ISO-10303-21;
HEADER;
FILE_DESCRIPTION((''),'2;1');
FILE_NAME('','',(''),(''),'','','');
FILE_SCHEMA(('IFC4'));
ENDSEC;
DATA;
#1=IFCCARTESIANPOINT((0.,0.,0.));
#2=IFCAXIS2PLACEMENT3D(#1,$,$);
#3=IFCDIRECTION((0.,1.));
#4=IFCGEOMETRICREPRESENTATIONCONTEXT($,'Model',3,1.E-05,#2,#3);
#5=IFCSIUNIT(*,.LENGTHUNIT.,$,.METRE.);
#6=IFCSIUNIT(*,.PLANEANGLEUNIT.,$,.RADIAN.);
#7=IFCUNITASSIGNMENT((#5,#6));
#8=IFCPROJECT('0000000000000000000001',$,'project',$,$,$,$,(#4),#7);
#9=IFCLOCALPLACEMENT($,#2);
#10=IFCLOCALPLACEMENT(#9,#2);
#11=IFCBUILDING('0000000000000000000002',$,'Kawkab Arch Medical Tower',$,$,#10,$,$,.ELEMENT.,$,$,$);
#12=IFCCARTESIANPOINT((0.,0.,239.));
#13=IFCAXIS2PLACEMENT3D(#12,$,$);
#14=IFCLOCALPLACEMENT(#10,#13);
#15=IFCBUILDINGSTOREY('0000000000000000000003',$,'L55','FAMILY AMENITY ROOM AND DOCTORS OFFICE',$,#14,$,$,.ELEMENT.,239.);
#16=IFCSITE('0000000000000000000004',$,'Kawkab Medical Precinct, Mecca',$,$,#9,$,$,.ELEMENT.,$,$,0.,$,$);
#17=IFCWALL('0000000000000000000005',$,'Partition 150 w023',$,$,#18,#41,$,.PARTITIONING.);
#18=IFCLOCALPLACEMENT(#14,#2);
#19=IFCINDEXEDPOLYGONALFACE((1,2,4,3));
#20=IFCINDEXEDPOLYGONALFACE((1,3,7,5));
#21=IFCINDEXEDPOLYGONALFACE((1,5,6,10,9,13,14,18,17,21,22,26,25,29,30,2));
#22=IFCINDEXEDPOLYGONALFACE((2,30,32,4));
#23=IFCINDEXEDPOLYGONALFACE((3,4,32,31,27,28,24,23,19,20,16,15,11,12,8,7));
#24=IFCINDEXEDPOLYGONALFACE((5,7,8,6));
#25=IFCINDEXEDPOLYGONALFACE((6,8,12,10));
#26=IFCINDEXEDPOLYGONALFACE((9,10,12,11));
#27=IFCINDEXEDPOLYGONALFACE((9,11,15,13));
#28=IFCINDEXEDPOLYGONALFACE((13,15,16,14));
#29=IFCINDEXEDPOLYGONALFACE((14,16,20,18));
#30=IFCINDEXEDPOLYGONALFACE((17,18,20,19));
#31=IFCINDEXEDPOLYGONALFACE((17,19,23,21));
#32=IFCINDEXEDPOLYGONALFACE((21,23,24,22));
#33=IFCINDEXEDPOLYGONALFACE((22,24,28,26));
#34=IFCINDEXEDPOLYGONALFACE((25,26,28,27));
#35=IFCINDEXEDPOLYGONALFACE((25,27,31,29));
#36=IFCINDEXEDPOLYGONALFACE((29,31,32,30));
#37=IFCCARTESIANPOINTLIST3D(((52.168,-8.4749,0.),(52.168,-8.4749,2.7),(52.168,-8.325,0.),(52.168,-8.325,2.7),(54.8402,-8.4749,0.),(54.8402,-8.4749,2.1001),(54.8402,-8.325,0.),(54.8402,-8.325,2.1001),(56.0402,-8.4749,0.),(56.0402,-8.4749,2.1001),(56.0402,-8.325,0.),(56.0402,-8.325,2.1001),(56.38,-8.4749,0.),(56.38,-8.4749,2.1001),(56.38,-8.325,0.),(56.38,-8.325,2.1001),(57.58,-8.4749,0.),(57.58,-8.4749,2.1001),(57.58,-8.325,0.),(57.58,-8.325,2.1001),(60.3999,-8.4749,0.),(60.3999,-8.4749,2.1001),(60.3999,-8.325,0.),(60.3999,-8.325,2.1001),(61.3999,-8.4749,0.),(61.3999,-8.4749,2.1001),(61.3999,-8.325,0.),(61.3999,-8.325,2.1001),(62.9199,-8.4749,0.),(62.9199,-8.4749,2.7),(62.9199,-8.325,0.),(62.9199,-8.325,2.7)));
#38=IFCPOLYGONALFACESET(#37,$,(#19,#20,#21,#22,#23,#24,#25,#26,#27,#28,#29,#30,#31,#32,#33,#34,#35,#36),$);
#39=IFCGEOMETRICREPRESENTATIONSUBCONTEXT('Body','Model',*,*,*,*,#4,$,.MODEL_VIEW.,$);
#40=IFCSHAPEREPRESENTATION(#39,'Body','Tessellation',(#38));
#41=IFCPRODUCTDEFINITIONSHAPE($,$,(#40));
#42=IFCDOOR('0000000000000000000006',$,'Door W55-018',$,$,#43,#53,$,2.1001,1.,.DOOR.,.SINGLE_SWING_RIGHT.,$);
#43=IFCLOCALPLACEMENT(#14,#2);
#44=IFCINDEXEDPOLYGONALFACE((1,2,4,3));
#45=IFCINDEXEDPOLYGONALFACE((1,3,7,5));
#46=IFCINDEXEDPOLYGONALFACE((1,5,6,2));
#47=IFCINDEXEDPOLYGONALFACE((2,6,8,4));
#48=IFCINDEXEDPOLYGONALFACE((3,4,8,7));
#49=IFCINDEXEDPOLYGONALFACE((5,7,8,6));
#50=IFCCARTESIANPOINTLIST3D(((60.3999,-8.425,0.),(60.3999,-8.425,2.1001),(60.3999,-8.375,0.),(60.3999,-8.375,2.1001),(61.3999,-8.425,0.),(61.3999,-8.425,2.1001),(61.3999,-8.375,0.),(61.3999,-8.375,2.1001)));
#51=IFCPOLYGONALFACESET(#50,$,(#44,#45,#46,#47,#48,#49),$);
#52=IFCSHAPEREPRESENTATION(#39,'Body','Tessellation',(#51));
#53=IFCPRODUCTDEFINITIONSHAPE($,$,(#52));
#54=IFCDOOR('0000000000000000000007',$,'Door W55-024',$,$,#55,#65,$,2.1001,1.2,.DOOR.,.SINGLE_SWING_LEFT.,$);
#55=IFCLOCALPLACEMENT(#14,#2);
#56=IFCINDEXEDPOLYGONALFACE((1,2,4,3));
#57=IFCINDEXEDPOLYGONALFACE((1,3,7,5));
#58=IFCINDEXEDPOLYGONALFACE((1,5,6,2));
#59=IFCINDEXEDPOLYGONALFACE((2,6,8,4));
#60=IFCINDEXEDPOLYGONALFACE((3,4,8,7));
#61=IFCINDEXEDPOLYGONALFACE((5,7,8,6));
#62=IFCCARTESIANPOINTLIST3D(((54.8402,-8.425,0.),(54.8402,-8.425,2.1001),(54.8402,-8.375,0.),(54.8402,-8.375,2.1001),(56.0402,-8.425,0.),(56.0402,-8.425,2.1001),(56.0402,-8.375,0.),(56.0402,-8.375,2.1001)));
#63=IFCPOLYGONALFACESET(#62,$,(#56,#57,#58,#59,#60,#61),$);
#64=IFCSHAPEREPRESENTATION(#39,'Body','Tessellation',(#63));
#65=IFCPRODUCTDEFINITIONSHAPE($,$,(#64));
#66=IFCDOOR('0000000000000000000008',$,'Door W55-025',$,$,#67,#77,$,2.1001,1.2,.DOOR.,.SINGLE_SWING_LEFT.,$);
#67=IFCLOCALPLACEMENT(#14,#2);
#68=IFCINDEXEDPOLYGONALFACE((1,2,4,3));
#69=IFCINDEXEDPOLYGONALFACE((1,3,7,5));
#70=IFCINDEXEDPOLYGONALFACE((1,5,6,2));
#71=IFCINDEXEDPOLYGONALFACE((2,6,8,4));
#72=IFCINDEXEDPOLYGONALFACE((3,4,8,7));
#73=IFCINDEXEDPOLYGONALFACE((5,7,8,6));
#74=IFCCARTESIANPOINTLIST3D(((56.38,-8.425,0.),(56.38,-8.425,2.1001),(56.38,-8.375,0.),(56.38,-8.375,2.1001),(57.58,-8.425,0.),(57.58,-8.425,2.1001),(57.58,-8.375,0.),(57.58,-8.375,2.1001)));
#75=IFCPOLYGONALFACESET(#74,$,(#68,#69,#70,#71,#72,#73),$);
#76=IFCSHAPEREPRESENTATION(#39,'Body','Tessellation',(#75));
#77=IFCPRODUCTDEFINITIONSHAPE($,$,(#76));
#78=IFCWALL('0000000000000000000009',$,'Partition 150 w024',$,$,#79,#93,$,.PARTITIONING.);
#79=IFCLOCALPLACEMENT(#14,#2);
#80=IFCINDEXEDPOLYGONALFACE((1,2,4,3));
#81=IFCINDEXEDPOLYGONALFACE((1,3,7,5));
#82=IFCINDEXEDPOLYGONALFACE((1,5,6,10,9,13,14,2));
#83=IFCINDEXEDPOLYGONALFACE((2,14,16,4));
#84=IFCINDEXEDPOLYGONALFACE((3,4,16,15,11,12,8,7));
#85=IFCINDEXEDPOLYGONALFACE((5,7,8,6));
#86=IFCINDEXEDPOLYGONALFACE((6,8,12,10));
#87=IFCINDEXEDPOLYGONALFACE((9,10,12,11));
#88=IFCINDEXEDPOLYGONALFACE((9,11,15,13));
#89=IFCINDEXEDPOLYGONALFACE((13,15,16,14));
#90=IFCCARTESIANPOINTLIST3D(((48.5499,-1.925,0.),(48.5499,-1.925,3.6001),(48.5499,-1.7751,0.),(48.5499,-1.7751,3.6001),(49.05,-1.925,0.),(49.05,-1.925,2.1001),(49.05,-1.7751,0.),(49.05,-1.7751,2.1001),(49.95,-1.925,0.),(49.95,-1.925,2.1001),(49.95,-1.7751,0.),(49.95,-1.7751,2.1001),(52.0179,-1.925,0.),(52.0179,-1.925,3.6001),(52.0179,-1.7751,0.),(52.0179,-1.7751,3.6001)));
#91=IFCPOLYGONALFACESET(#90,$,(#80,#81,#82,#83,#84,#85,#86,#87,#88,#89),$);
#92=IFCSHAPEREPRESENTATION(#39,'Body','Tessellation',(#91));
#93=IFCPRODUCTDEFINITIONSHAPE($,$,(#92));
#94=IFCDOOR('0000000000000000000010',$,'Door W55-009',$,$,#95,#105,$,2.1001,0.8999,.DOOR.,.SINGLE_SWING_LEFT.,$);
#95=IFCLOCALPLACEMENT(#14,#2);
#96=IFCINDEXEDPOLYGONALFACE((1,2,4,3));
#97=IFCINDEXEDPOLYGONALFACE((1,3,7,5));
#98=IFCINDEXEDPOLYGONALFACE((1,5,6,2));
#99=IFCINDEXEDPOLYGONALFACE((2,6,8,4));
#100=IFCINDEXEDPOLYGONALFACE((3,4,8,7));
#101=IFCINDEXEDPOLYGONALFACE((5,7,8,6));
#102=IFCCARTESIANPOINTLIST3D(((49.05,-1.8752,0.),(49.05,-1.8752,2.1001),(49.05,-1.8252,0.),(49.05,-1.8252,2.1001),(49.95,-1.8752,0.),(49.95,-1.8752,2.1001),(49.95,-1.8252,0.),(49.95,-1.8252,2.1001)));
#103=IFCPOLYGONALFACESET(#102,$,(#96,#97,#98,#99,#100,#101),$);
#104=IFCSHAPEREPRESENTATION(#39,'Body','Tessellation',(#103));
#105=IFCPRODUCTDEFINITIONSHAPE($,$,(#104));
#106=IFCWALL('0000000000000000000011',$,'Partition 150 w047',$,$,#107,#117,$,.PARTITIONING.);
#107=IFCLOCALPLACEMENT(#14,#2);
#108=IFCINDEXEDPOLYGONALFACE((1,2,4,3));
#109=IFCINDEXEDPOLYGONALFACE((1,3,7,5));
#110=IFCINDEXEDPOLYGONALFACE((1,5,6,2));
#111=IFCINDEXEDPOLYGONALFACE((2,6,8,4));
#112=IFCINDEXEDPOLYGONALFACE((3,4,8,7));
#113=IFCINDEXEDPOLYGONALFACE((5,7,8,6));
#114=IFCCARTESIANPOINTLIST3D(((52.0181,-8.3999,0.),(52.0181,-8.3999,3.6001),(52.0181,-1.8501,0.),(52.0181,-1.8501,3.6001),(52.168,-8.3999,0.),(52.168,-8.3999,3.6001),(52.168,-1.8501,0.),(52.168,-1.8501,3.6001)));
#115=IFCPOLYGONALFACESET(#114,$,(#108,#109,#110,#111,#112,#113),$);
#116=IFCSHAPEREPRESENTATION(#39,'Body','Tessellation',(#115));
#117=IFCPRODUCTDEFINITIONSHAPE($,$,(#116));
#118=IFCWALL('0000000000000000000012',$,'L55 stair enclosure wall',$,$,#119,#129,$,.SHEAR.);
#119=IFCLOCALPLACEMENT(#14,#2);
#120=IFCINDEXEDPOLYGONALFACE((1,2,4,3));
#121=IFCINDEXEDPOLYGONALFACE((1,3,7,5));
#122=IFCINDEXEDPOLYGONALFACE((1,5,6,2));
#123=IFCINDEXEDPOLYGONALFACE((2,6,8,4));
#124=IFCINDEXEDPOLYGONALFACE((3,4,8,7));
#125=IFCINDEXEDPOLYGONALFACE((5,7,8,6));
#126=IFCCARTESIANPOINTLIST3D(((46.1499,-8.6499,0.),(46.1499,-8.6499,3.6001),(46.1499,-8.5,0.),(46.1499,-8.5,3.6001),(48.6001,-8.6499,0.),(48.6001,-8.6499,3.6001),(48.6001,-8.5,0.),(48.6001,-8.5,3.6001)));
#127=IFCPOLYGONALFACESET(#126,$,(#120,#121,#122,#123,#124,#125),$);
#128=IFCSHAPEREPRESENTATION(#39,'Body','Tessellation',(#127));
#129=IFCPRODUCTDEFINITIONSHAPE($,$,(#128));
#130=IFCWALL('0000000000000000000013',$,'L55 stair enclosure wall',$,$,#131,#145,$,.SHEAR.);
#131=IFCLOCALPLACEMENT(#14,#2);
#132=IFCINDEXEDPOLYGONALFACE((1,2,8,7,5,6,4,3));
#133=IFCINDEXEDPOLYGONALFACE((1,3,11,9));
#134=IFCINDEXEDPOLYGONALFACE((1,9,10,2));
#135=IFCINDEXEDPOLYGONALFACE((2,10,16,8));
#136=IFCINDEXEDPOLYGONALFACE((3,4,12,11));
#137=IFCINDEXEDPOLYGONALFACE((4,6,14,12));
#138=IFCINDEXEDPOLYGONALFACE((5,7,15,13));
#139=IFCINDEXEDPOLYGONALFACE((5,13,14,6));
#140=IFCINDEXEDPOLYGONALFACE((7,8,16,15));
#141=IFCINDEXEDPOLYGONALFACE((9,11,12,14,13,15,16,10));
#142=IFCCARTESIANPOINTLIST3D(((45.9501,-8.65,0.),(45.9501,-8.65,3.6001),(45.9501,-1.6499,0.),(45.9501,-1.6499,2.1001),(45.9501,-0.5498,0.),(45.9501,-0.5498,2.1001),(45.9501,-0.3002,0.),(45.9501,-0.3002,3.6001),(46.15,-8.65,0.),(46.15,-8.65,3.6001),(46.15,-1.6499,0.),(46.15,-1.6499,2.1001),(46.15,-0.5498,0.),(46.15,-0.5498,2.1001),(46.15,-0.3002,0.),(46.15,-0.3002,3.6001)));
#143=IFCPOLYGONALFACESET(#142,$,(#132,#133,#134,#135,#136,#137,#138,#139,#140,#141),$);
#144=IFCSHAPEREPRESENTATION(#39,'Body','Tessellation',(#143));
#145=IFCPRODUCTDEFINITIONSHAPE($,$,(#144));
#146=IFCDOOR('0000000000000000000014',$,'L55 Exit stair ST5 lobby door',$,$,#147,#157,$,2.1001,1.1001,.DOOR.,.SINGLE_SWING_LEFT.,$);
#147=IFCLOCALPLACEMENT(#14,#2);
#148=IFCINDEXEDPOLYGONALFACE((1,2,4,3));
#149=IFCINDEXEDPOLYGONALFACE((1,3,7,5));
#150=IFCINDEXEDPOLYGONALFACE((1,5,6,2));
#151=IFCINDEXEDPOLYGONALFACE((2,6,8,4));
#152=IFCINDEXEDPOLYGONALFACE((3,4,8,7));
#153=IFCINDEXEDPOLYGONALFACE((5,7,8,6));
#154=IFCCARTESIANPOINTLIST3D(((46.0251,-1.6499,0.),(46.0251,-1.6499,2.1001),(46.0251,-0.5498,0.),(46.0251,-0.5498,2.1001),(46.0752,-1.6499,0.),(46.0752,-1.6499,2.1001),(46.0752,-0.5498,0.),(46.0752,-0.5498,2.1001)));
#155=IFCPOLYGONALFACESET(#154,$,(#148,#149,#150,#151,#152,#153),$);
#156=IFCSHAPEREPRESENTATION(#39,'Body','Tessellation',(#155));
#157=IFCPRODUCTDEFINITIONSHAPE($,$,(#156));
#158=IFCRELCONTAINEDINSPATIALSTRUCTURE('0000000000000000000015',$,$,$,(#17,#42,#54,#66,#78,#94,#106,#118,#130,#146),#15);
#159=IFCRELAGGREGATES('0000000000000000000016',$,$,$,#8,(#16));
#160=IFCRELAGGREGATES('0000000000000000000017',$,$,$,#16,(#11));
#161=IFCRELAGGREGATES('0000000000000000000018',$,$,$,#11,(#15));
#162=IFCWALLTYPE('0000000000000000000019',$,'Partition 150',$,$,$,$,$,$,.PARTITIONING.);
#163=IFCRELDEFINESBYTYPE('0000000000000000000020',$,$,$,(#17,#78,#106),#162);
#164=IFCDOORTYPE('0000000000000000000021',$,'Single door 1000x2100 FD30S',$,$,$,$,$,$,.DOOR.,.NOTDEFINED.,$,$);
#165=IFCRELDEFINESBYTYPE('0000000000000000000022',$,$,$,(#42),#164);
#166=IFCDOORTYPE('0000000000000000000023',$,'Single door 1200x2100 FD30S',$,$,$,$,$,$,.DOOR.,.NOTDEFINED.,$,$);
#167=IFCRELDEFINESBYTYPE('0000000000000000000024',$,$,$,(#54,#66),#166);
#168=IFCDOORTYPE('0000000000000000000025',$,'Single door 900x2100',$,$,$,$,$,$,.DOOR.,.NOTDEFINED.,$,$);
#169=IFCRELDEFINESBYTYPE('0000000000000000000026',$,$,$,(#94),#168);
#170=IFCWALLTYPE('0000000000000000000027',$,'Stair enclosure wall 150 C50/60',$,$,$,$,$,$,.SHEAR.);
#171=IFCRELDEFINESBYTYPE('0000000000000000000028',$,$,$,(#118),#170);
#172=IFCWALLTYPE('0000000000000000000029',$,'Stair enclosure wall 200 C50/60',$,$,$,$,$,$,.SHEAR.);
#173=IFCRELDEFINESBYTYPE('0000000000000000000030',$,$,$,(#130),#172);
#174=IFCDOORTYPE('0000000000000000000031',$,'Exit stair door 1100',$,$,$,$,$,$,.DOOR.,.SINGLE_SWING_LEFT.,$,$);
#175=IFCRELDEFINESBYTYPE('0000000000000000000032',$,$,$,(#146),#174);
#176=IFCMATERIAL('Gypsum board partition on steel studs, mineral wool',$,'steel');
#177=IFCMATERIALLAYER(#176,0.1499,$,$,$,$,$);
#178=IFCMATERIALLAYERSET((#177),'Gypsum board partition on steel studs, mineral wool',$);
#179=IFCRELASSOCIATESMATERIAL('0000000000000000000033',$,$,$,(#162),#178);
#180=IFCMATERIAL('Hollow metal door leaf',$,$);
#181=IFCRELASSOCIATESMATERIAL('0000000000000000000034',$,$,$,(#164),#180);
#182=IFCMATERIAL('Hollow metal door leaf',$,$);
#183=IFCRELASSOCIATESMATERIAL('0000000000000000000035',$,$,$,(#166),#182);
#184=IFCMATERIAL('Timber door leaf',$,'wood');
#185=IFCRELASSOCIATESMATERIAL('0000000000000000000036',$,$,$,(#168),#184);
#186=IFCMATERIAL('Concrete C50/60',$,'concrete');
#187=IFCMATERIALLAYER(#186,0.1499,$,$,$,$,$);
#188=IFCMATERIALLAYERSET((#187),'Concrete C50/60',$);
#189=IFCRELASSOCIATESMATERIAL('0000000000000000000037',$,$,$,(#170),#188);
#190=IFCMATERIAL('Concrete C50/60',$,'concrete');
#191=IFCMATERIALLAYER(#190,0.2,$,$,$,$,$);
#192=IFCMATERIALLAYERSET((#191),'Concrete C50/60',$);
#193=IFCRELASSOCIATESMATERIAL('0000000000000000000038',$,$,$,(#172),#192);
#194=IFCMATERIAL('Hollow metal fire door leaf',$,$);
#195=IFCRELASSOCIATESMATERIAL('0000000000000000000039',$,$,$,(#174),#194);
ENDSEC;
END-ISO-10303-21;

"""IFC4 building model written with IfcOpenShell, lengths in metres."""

from ifc_helpers import new_model, si_unit, direction, frame, frame_2d, origin, place, context, subcontext, project, spatial, rectangle, extrude, material, layer, layer_set, type_object, element, fill, save


model = new_model("IFC4")

# Units and contexts
model_context = context("Model", 3, precision=1e-05, world=origin(), true_north=direction((0.0, 1.0)))
body_context = subcontext(model_context, "Body", "Model", "MODEL_VIEW")
ifc_project = project(units=[si_unit("LENGTHUNIT", "METRE"), si_unit("PLANEANGLEUNIT", "RADIAN")], contexts=[model_context])

# Site, building, storey
site_placement = place(None, origin())
site = spatial("IfcSite", under=ifc_project, at=site_placement, Name="Kawkab Medical Precinct, Mecca", CompositionType="ELEMENT", RefElevation=0.0)
building_placement = place(site_placement, origin())
building = spatial("IfcBuilding", under=site, at=building_placement, Name="Kawkab Arch Medical Tower", CompositionType="ELEMENT")
storey_placement = place(building_placement, frame((0.0, 0.0, 239.0)))
storey = spatial("IfcBuildingStorey", under=building, at=storey_placement, Name="L55", Description="FAMILY AMENITY ROOM AND DOCTORS OFFICE", CompositionType="ELEMENT", Elevation=239.0)

# Wall, openings, doors
ifc_material_1 = material(Name="Gypsum board partition on steel studs, mineral wool", Category="steel")
ifc_layer_1 = layer(ifc_material_1, 0.1499)
ifc_layer_set_1 = layer_set([ifc_layer_1], Name="Gypsum board partition on steel studs, mineral wool")
wall_type_1 = type_object("IfcWallType", Name="Partition 150", PredefinedType="PARTITIONING", material=ifc_layer_set_1)
wall_1_placement = place(storey_placement, frame((52.168, -8.3999, 0.0), z_axis=(0.0, 0.0, 1.0), x_axis=(1.0, 0.0, 0.0)))
wall_1 = element("IfcWall", 1, at=wall_1_placement, inside=storey, type_object=wall_type_1, Name="Partition 150 w023", PredefinedType="PARTITIONING", context=body_context, shape_type="SweptSolid", body=[
    extrude(rectangle(XDim=10.752, YDim=0.1499, at=frame_2d((5.376, 0.0))), origin(), (0.0, 0.0, 1.0), 2.7),
])
opening_1_placement = place(wall_1_placement, frame((2.6721, 0.0, 0.0)))
opening_1 = element("IfcOpeningElement", 2, at=opening_1_placement, cuts=wall_1, PredefinedType="OPENING", context=body_context, shape_type="SweptSolid", body=[
    extrude(rectangle(XDim=1.2, YDim=2.1001, at=frame_2d((0.6001, 1.05))), frame((0.0, 0.085, 0.0), z_axis=(0.0, -1.0, 0.0), x_axis=(1.0, 0.0, 0.0)), (0.0, 0.0, 1.0), 0.1699),
])
opening_2_placement = place(wall_1_placement, frame((4.2119, 0.0, 0.0)))
opening_2 = element("IfcOpeningElement", 3, at=opening_2_placement, cuts=wall_1, PredefinedType="OPENING", context=body_context, shape_type="SweptSolid", body=[
    extrude(rectangle(XDim=1.2, YDim=2.1001, at=frame_2d((0.6001, 1.05))), frame((0.0, 0.085, 0.0), z_axis=(0.0, -1.0, 0.0), x_axis=(1.0, 0.0, 0.0)), (0.0, 0.0, 1.0), 0.1699),
])
opening_3_placement = place(wall_1_placement, frame((8.2319, 0.0, 0.0)))
opening_3 = element("IfcOpeningElement", 4, at=opening_3_placement, cuts=wall_1, PredefinedType="OPENING", context=body_context, shape_type="SweptSolid", body=[
    extrude(rectangle(XDim=1.0, YDim=2.1001, at=frame_2d((0.5, 1.05))), frame((0.0, 0.085, 0.0), z_axis=(0.0, -1.0, 0.0), x_axis=(1.0, 0.0, 0.0)), (0.0, 0.0, 1.0), 0.1699),
])
ifc_material_2 = material(Name="Hollow metal door leaf")
door_type_1 = type_object("IfcDoorType", Name="Single door 1000x2100 FD30S", OperationType="NOTDEFINED", PredefinedType="DOOR", material=ifc_material_2)
door_1_placement = place(opening_3_placement, origin())
door_1 = element("IfcDoor", 5, at=door_1_placement, inside=storey, type_object=door_type_1, Name="Door W55-018", OperationType="SINGLE_SWING_RIGHT", OverallHeight=2.1001, OverallWidth=1.0, PredefinedType="DOOR", context=body_context, shape_type="SweptSolid", body=[
    extrude(rectangle(XDim=1.0, YDim=2.1001, at=frame_2d((0.5, 1.05))), frame((0.0, 0.0249, 0.0), z_axis=(0.0, -1.0, 0.0), x_axis=(1.0, 0.0, 0.0)), (0.0, 0.0, 1.0), 0.05),
])
fill(opening_3, door_1)
ifc_material_3 = material(Name="Hollow metal door leaf")
door_type_2 = type_object("IfcDoorType", Name="Single door 1200x2100 FD30S", OperationType="NOTDEFINED", PredefinedType="DOOR", material=ifc_material_3)
door_2_placement = place(opening_1_placement, origin())
door_2 = element("IfcDoor", 6, at=door_2_placement, inside=storey, type_object=door_type_2, Name="Door W55-024", OperationType="SINGLE_SWING_LEFT", OverallHeight=2.1001, OverallWidth=1.2, PredefinedType="DOOR", context=body_context, shape_type="SweptSolid", body=[
    extrude(rectangle(XDim=1.2, YDim=2.1001, at=frame_2d((0.6001, 1.05))), frame((0.0, 0.0249, 0.0), z_axis=(0.0, -1.0, 0.0), x_axis=(1.0, 0.0, 0.0)), (0.0, 0.0, 1.0), 0.05),
])
fill(opening_1, door_2)
door_3_placement = place(opening_2_placement, origin())
door_3 = element("IfcDoor", 7, at=door_3_placement, inside=storey, type_object=door_type_2, Name="Door W55-025", OperationType="SINGLE_SWING_LEFT", OverallHeight=2.1001, OverallWidth=1.2, PredefinedType="DOOR", context=body_context, shape_type="SweptSolid", body=[
    extrude(rectangle(XDim=1.2, YDim=2.1001, at=frame_2d((0.6001, 1.05))), frame((0.0, 0.0249, 0.0), z_axis=(0.0, -1.0, 0.0), x_axis=(1.0, 0.0, 0.0)), (0.0, 0.0, 1.0), 0.05),
])
fill(opening_2, door_3)

# Wall, opening, door
wall_2_placement = place(storey_placement, frame((48.55, -1.8501, 0.0), z_axis=(0.0, 0.0, 1.0), x_axis=(1.0, 0.0, 0.0)))
wall_2 = element("IfcWall", 8, at=wall_2_placement, inside=storey, type_object=wall_type_1, Name="Partition 150 w024", PredefinedType="PARTITIONING", context=body_context, shape_type="SweptSolid", body=[
    extrude(rectangle(XDim=3.468, YDim=0.1499, at=frame_2d((1.7339, 0.0))), origin(), (0.0, 0.0, 1.0), 3.6001),
])
opening_4_placement = place(wall_2_placement, frame((0.5, 0.0, 0.0)))
opening_4 = element("IfcOpeningElement", 9, at=opening_4_placement, cuts=wall_2, PredefinedType="OPENING", context=body_context, shape_type="SweptSolid", body=[
    extrude(rectangle(XDim=0.8999, YDim=2.1001, at=frame_2d((0.45, 1.05))), frame((0.0, 0.085, 0.0), z_axis=(0.0, -1.0, 0.0), x_axis=(1.0, 0.0, 0.0)), (0.0, 0.0, 1.0), 0.1699),
])
ifc_material_4 = material(Name="Timber door leaf", Category="wood")
door_type_3 = type_object("IfcDoorType", Name="Single door 900x2100", OperationType="NOTDEFINED", PredefinedType="DOOR", material=ifc_material_4)
door_4_placement = place(opening_4_placement, origin())
door_4 = element("IfcDoor", 10, at=door_4_placement, inside=storey, type_object=door_type_3, Name="Door W55-009", OperationType="SINGLE_SWING_LEFT", OverallHeight=2.1001, OverallWidth=0.8999, PredefinedType="DOOR", context=body_context, shape_type="SweptSolid", body=[
    extrude(rectangle(XDim=0.8999, YDim=2.1001, at=frame_2d((0.45, 1.05))), frame((0.0, 0.0249, 0.0), z_axis=(0.0, -1.0, 0.0), x_axis=(1.0, 0.0, 0.0)), (0.0, 0.0, 1.0), 0.05),
])
fill(opening_4, door_4)

# Walls
wall_3_placement = place(storey_placement, frame((52.093, -8.3999, 0.0), z_axis=(0.0, 0.0, 1.0), x_axis=(0.0, 1.0, 0.0)))
element("IfcWall", 11, at=wall_3_placement, inside=storey, type_object=wall_type_1, Name="Partition 150 w047", PredefinedType="PARTITIONING", context=body_context, shape_type="SweptSolid", body=[
    extrude(rectangle(XDim=6.5498, YDim=0.1499, at=frame_2d((3.2749, 0.0))), origin(), (0.0, 0.0, 1.0), 3.6001),
])
ifc_material_5 = material(Name="Concrete C50/60", Category="concrete")
ifc_layer_2 = layer(ifc_material_5, 0.1499)
ifc_layer_set_2 = layer_set([ifc_layer_2], Name="Concrete C50/60")
wall_type_2 = type_object("IfcWallType", Name="Stair enclosure wall 150 C50/60", PredefinedType="SHEAR", material=ifc_layer_set_2)
wall_4_placement = place(storey_placement, frame((46.1499, -8.575, 0.0), z_axis=(0.0, 0.0, 1.0), x_axis=(1.0, 0.0, 0.0)))
element("IfcWall", 12, at=wall_4_placement, inside=storey, type_object=wall_type_2, Name="L55 stair enclosure wall", PredefinedType="SHEAR", context=body_context, shape_type="SweptSolid", body=[
    extrude(rectangle(XDim=2.4502, YDim=0.1499, at=frame_2d((1.2251, 0.0))), origin(), (0.0, 0.0, 1.0), 3.6001),
])

# Wall, opening, door
ifc_material_6 = material(Name="Concrete C50/60", Category="concrete")
ifc_layer_3 = layer(ifc_material_6, 0.2)
ifc_layer_set_3 = layer_set([ifc_layer_3], Name="Concrete C50/60")
wall_type_3 = type_object("IfcWallType", Name="Stair enclosure wall 200 C50/60", PredefinedType="SHEAR", material=ifc_layer_set_3)
wall_5_placement = place(storey_placement, frame((46.05, -8.6499, 0.0), z_axis=(0.0, 0.0, 1.0), x_axis=(0.0, 1.0, 0.0)))
wall_5 = element("IfcWall", 13, at=wall_5_placement, inside=storey, type_object=wall_type_3, Name="L55 stair enclosure wall", PredefinedType="SHEAR", context=body_context, shape_type="SweptSolid", body=[
    extrude(rectangle(XDim=8.3499, YDim=0.2, at=frame_2d((4.1748, 0.0))), origin(), (0.0, 0.0, 1.0), 3.6001),
])
opening_5_placement = place(wall_5_placement, frame((7.0, 0.0, 0.0)))
opening_5 = element("IfcOpeningElement", 14, at=opening_5_placement, cuts=wall_5, PredefinedType="OPENING", context=body_context, shape_type="SweptSolid", body=[
    extrude(rectangle(XDim=1.1001, YDim=2.1001, at=frame_2d((0.55, 1.05))), frame((0.0, 0.1099, 0.0), z_axis=(0.0, -1.0, 0.0), x_axis=(1.0, 0.0, 0.0)), (0.0, 0.0, 1.0), 0.22),
])
ifc_material_7 = material(Name="Hollow metal fire door leaf")
door_type_4 = type_object("IfcDoorType", Name="Exit stair door 1100", OperationType="SINGLE_SWING_LEFT", PredefinedType="DOOR", material=ifc_material_7)
door_5_placement = place(opening_5_placement, origin())
door_5 = element("IfcDoor", 15, at=door_5_placement, inside=storey, type_object=door_type_4, Name="L55 Exit stair ST5 lobby door", OperationType="SINGLE_SWING_LEFT", OverallHeight=2.1001, OverallWidth=1.1001, PredefinedType="DOOR", context=body_context, shape_type="SweptSolid", body=[
    extrude(rectangle(XDim=1.1001, YDim=2.1001, at=frame_2d((0.55, 1.05))), frame((0.0, 0.0249, 0.0), z_axis=(0.0, -1.0, 0.0), x_axis=(1.0, 0.0, 0.0)), (0.0, 0.0, 1.0), 0.05),
])
fill(opening_5, door_5)

save(model, "model.ifc")
